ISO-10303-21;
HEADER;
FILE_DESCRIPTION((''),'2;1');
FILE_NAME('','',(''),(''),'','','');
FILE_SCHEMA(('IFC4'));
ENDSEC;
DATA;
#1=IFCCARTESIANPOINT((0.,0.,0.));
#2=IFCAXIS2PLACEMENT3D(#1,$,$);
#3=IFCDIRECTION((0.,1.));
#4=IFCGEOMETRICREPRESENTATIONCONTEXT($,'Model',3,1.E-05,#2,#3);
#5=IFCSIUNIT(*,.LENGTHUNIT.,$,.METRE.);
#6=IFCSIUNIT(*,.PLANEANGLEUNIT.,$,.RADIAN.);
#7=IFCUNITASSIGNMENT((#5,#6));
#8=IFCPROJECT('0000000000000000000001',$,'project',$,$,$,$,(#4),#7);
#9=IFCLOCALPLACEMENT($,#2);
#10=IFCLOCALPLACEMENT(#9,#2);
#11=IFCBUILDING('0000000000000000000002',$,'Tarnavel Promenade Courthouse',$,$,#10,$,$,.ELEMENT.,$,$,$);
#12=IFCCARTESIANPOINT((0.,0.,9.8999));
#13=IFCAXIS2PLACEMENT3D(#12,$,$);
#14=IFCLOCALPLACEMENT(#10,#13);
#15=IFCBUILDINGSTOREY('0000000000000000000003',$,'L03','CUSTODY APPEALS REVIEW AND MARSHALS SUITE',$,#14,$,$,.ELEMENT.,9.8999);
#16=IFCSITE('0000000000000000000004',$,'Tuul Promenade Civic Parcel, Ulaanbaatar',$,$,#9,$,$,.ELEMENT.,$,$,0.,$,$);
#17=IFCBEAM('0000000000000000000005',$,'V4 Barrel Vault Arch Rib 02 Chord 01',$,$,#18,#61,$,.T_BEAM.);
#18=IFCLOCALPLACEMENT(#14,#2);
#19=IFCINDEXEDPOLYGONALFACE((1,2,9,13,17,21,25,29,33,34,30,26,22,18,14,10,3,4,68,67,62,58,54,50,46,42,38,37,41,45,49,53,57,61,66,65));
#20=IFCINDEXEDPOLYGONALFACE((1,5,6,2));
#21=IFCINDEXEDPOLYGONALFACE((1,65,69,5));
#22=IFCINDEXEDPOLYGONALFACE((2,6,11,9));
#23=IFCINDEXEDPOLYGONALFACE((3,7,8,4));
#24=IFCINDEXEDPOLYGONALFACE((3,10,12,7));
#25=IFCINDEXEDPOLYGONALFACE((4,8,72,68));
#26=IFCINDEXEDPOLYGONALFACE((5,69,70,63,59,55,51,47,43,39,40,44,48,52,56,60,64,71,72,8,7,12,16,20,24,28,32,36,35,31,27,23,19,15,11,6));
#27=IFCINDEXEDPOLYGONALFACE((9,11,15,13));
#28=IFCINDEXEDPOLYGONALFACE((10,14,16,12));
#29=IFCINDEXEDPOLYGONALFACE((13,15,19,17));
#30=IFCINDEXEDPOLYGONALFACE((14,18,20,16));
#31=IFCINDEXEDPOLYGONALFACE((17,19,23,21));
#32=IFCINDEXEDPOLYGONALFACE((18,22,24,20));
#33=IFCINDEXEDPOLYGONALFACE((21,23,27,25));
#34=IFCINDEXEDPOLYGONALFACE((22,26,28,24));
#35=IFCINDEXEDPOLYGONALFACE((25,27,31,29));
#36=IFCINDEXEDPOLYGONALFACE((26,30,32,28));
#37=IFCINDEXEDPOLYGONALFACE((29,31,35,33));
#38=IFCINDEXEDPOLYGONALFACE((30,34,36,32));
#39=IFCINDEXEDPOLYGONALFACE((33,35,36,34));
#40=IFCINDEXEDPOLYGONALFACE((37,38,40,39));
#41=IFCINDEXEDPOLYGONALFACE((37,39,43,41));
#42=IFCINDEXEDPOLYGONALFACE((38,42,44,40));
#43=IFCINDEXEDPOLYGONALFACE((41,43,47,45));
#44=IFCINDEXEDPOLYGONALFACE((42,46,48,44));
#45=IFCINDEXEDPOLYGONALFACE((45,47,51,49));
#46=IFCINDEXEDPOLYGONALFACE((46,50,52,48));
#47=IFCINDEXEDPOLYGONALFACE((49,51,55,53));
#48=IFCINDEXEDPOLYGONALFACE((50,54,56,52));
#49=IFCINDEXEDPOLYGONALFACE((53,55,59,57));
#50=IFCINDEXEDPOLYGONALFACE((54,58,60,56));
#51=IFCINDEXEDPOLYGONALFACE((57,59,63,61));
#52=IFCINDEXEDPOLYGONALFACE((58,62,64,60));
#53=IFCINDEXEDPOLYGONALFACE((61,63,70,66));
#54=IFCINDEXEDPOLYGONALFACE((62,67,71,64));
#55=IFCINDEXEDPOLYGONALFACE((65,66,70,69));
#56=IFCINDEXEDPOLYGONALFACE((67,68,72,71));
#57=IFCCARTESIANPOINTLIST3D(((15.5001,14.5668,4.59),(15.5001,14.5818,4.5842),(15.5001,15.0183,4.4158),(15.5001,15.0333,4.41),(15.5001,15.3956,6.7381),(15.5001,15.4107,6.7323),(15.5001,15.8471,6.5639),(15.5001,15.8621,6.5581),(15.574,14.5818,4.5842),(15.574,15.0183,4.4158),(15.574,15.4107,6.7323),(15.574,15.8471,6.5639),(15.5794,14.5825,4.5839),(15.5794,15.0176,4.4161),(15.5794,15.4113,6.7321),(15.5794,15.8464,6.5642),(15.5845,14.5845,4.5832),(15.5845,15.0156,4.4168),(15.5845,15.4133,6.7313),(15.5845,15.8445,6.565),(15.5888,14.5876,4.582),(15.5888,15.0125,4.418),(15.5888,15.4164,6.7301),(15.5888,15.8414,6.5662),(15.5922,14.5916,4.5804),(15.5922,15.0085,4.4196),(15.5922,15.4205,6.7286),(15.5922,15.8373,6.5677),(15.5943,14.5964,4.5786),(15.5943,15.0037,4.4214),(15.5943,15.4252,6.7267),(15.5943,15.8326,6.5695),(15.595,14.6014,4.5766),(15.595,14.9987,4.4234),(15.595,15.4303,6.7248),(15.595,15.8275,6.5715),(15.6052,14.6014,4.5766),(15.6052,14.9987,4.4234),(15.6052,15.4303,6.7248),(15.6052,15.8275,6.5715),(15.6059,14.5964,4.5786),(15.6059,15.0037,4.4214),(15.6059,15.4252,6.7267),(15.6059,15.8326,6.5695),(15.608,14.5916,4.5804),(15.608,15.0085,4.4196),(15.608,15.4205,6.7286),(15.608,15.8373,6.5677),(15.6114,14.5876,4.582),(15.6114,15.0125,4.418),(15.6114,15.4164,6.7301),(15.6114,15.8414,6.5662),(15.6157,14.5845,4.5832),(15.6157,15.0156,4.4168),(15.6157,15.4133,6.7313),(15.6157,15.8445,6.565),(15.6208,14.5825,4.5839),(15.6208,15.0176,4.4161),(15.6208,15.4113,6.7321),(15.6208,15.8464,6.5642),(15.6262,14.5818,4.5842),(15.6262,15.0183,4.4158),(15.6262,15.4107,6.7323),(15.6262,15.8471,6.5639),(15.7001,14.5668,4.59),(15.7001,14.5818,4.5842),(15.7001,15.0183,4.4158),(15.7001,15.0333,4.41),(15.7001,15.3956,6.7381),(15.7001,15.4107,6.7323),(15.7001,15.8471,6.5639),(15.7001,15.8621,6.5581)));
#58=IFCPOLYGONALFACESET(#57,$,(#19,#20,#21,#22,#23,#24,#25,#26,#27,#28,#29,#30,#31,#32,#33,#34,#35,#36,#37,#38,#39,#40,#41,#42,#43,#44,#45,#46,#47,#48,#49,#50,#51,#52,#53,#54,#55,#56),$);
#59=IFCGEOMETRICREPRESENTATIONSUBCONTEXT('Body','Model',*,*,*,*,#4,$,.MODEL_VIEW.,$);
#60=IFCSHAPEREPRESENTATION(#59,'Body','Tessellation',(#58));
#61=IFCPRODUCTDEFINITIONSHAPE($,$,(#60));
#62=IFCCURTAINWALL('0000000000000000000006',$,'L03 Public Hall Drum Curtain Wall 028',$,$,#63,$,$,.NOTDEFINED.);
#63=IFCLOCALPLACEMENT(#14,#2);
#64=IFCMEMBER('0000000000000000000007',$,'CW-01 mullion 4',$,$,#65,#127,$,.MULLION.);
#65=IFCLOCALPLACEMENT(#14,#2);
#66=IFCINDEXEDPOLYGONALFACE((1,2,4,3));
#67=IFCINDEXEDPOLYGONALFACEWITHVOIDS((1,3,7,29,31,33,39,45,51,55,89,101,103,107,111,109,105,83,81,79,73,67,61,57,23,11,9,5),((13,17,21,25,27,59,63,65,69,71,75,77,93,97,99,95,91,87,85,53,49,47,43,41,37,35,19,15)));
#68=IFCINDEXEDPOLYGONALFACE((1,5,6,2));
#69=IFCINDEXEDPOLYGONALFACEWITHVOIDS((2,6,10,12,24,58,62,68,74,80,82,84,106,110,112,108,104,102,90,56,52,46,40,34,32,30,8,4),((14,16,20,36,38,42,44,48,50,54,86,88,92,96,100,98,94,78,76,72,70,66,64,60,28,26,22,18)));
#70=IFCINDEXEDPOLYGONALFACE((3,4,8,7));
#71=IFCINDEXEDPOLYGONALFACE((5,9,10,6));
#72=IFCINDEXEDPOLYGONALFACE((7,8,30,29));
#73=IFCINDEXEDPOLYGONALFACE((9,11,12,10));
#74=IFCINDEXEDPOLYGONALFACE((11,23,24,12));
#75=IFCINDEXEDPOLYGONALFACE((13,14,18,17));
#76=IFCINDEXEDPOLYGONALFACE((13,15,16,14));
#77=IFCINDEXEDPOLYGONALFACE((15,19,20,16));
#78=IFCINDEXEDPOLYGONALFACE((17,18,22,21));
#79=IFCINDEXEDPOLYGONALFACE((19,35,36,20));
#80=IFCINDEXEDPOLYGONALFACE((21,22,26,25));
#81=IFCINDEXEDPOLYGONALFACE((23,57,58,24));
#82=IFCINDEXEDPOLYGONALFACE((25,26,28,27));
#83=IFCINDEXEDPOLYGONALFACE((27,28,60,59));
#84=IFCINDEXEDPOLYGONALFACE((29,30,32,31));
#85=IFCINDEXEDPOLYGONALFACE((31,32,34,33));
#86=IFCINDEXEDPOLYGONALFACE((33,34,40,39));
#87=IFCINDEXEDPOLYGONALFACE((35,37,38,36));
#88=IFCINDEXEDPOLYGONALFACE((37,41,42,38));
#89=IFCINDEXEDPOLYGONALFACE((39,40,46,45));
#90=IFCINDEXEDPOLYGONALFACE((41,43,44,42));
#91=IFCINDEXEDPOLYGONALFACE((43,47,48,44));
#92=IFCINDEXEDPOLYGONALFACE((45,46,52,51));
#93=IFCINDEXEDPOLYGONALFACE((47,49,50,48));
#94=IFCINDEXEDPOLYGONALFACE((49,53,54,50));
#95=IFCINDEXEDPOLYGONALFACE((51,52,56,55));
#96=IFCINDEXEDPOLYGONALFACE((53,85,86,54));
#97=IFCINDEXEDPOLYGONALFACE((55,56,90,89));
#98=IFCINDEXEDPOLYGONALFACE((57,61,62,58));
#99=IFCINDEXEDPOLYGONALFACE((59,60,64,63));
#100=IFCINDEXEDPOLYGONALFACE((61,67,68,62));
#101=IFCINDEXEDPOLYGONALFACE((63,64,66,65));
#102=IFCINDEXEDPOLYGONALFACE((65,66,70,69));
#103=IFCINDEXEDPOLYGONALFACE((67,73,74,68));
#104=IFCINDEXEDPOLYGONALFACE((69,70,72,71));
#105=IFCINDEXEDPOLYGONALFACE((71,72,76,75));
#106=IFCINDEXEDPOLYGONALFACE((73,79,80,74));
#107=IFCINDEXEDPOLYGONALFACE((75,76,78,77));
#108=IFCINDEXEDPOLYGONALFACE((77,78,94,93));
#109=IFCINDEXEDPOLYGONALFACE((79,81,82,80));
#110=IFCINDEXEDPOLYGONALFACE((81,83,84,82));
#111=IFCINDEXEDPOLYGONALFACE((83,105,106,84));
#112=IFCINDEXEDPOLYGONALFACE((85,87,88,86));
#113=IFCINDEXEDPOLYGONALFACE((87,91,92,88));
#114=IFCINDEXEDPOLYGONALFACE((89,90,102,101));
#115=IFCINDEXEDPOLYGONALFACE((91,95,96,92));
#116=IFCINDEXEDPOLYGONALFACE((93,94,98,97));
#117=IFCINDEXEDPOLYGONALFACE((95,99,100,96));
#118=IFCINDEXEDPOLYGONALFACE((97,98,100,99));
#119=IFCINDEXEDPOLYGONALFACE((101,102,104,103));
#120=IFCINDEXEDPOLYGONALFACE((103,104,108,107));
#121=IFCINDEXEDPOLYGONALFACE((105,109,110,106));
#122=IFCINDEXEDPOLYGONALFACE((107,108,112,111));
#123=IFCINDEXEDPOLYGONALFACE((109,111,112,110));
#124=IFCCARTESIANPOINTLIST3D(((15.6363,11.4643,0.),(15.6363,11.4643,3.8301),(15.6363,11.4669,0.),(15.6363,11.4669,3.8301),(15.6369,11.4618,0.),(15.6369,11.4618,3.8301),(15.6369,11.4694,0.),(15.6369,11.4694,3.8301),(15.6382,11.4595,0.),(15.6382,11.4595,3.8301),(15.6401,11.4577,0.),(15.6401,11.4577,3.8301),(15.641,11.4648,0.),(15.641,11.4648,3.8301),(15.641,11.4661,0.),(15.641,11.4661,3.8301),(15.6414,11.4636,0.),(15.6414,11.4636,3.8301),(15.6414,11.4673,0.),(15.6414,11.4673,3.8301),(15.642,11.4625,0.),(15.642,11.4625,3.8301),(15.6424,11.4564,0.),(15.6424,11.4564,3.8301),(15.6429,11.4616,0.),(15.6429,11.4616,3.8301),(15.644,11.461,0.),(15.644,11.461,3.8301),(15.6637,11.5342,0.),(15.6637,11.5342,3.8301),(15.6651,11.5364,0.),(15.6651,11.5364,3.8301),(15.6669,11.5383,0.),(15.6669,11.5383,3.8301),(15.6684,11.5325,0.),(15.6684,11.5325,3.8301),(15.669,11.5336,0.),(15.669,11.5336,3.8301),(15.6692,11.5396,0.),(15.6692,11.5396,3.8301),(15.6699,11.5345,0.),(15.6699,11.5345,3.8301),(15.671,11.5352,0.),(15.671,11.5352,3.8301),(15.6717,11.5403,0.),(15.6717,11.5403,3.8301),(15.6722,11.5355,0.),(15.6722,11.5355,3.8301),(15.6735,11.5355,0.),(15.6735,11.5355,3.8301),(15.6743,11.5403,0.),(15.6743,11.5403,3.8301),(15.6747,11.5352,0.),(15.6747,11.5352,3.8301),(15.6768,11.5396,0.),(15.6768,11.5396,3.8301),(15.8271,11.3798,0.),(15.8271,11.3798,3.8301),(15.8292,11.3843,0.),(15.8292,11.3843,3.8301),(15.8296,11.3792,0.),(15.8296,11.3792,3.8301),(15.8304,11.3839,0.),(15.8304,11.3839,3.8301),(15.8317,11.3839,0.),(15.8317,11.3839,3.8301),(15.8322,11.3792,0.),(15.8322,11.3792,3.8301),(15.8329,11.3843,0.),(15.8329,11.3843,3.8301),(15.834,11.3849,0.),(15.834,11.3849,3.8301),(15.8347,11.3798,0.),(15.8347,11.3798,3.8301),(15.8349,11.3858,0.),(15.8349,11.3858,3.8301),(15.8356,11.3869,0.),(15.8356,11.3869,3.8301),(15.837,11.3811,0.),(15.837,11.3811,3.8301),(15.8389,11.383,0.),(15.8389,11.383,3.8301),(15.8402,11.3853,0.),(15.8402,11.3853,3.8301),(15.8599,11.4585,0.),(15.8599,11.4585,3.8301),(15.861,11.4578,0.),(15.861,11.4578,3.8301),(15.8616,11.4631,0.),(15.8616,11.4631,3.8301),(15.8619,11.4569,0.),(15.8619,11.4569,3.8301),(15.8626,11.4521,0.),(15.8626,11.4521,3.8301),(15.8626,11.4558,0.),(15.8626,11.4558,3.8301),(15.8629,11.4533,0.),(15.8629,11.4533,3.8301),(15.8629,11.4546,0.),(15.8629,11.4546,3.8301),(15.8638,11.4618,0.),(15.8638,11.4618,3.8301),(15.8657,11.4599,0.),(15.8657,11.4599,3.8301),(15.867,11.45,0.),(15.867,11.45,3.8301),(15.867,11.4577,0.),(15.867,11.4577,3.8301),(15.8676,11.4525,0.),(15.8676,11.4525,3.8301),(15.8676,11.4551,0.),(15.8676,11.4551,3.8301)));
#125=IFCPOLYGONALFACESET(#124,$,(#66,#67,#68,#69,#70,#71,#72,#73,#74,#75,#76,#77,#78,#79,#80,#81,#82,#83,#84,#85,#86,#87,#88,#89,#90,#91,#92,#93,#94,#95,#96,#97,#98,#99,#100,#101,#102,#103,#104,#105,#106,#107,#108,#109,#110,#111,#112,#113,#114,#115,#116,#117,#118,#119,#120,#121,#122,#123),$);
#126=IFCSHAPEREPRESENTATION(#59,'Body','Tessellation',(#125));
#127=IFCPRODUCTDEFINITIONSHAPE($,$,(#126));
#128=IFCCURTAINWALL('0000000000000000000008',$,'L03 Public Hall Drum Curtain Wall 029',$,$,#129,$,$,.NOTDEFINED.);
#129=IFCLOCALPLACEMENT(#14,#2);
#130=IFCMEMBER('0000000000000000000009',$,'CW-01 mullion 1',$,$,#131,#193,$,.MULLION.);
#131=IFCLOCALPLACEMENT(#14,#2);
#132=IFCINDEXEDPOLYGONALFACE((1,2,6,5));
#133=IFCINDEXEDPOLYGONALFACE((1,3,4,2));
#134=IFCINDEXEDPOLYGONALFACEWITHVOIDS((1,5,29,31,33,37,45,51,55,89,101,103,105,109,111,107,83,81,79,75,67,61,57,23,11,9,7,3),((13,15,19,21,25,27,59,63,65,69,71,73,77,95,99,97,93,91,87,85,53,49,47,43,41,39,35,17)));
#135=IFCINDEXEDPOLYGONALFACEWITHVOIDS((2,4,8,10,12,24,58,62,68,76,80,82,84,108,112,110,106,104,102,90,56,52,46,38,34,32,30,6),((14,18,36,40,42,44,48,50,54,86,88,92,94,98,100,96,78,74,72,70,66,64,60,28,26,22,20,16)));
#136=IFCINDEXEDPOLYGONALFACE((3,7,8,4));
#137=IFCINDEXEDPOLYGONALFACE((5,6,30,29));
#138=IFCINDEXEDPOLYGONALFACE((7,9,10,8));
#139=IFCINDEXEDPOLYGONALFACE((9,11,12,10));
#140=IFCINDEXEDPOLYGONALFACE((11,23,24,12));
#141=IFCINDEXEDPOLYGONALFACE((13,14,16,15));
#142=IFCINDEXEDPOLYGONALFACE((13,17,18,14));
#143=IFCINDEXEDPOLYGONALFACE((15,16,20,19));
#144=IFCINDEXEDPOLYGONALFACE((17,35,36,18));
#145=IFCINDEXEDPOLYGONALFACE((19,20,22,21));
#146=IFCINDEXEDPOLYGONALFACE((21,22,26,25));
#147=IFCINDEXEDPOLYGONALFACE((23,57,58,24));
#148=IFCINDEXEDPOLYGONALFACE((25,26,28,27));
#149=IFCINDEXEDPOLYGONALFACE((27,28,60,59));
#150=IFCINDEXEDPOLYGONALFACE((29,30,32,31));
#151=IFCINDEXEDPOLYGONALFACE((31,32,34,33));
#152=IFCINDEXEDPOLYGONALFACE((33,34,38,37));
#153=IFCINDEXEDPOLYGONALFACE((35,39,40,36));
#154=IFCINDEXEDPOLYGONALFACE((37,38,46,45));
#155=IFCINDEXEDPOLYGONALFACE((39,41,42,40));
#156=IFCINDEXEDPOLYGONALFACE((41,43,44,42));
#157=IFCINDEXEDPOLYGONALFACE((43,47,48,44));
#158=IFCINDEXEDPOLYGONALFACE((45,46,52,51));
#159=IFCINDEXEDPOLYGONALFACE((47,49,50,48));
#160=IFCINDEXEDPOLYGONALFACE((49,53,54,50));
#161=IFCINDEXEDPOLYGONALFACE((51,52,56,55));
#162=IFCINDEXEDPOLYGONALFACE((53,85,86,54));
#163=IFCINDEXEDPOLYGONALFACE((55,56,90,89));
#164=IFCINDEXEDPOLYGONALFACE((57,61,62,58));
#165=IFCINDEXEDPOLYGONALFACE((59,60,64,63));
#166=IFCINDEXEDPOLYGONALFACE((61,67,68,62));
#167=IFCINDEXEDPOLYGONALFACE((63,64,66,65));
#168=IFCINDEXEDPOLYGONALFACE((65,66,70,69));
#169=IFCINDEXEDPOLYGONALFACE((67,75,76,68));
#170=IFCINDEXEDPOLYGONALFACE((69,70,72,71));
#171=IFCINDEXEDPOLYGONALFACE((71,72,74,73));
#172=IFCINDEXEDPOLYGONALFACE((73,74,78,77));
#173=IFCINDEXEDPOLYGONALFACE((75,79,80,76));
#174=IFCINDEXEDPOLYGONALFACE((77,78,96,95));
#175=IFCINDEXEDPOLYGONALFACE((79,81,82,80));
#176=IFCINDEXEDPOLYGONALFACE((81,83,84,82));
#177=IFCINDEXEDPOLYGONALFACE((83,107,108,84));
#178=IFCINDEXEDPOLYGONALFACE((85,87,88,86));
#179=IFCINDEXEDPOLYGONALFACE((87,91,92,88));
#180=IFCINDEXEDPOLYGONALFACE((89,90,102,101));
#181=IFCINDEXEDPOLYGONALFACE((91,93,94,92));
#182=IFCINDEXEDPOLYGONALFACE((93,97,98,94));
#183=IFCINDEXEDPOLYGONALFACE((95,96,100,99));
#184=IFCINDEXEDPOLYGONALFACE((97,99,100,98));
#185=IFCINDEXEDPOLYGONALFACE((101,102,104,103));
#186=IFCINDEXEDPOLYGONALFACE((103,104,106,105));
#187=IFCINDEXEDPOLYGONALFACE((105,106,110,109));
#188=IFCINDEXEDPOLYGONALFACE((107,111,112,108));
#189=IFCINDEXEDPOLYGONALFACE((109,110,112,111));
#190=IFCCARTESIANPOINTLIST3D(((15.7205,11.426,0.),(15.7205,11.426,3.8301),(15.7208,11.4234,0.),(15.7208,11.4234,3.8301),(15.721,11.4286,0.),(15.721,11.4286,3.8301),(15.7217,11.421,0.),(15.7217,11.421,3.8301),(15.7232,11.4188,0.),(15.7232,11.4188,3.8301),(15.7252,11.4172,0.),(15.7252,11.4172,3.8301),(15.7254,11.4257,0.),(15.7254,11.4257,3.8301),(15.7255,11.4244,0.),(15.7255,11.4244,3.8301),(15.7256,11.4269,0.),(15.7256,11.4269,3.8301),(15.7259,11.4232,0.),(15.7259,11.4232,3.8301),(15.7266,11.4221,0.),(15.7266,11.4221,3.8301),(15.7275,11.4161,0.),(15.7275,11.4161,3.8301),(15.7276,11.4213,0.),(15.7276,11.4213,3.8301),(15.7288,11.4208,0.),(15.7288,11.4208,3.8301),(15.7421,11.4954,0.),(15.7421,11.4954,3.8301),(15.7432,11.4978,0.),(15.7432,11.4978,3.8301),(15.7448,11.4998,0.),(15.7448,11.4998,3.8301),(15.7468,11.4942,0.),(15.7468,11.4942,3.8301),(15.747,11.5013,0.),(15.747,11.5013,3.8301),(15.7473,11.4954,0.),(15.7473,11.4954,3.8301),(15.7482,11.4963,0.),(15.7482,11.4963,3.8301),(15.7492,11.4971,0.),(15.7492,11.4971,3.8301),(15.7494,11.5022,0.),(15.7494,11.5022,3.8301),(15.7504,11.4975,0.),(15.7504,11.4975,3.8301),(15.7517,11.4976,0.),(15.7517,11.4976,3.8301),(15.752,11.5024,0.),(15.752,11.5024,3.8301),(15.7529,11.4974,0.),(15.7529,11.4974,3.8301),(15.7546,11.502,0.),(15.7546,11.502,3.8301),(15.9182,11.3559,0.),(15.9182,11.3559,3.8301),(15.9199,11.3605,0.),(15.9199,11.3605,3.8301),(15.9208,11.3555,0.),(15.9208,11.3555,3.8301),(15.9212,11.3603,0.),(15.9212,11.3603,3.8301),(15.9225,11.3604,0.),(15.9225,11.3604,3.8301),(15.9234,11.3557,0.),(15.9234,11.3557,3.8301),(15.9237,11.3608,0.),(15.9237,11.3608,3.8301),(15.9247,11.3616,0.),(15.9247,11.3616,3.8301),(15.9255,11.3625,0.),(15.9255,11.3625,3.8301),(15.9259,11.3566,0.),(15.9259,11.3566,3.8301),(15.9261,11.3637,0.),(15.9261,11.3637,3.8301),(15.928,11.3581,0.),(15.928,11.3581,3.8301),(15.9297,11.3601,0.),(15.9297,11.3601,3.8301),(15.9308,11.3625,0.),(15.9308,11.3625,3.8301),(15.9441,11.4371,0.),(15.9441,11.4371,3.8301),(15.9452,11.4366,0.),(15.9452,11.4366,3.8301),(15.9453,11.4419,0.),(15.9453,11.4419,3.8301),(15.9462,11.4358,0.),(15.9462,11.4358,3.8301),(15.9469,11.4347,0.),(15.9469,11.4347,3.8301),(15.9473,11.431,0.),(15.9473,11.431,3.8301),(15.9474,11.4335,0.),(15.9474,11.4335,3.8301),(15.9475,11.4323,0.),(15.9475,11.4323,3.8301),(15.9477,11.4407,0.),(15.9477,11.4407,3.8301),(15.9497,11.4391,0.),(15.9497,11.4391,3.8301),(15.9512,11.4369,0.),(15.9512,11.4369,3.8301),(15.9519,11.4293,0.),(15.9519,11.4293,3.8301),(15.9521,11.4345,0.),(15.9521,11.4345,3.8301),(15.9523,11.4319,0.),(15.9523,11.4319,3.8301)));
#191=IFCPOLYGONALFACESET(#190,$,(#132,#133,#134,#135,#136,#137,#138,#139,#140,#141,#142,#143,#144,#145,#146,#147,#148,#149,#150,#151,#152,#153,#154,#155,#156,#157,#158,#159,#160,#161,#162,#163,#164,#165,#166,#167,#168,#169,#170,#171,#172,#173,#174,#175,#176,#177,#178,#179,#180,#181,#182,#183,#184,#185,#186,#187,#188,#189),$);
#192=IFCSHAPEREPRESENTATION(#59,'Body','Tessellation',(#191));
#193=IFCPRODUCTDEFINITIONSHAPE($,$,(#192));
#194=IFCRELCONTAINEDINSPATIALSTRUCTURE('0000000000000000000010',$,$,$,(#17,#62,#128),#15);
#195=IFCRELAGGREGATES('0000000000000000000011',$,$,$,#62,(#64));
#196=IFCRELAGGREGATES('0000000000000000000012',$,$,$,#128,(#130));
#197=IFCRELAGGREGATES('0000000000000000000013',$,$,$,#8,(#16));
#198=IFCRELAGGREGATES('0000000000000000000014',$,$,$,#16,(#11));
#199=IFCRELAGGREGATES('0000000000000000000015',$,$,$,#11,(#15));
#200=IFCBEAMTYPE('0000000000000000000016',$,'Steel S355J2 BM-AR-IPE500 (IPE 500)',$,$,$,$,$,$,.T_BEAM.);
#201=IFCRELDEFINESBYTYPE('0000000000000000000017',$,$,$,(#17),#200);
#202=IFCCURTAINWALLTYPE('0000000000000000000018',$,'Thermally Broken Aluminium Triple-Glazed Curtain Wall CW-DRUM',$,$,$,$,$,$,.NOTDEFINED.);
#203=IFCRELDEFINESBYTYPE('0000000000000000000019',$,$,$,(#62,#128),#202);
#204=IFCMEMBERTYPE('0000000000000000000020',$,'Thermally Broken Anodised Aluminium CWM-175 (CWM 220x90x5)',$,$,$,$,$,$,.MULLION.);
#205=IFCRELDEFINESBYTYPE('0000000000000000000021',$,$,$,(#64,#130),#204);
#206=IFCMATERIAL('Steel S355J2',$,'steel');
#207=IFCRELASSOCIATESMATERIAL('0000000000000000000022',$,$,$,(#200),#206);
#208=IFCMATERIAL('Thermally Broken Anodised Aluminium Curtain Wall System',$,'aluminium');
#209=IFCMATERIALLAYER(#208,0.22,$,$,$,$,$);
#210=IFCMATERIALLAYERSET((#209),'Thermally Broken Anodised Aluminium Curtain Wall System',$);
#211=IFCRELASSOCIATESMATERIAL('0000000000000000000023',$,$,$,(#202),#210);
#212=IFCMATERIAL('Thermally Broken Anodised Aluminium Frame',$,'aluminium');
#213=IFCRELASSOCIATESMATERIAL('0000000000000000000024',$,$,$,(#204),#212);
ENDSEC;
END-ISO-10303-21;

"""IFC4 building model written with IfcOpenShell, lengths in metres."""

from ifc_helpers import new_model, si_unit, direction, frame, origin, origin_2d, place, context, subcontext, project, spatial, hollow_rectangle, i_section, extrude, material, layer, layer_set, material_profile, profile_set, type_object, element, aggregate, save


model = new_model("IFC4")

# Units and contexts
model_context = context("Model", 3, precision=1e-05, world=origin(), true_north=direction((0.0, 1.0)))
body_context = subcontext(model_context, "Body", "Model", "MODEL_VIEW")
ifc_project = project(units=[si_unit("LENGTHUNIT", "METRE"), si_unit("PLANEANGLEUNIT", "RADIAN")], contexts=[model_context])

# Site, building, storey
site_placement = place(None, origin())
site = spatial("IfcSite", under=ifc_project, at=site_placement, Name="Tuul Promenade Civic Parcel, Ulaanbaatar", CompositionType="ELEMENT", RefElevation=0.0)
building_placement = place(site_placement, origin())
building = spatial("IfcBuilding", under=site, at=building_placement, Name="Tarnavel Promenade Courthouse", CompositionType="ELEMENT")
storey_placement = place(building_placement, frame((0.0, 0.0, 9.8999)))
storey = spatial("IfcBuildingStorey", under=building, at=storey_placement, Name="L03", Description="CUSTODY APPEALS REVIEW AND MARSHALS SUITE", CompositionType="ELEMENT", Elevation=9.8999)

# Beam
ifc_material_1 = material(Name="Steel S355J2", Category="steel")
ifc_material_profile_1 = material_profile(ifc_material_1, i_section(OverallWidth=0.2, OverallDepth=0.5, WebThickness=0.0103, FlangeThickness=0.0161, FilletRadius=0.021, at=origin_2d()), Name="IPE 500")
ifc_profile_set_1 = profile_set([ifc_material_profile_1], Name="Steel S355J2")
beam_type = type_object("IfcBeamType", Name="Steel S355J2 BM-AR-IPE500 (IPE 500)", PredefinedType="T_BEAM", material=ifc_profile_set_1)
beam_placement = place(storey_placement, frame((15.6001, 14.8, 4.5), z_axis=(0.0, 0.359974, 0.932962), x_axis=(-1.0, 0.0, 0.0)))
element("IfcBeam", 1, at=beam_placement, inside=storey, type_object=beam_type, Name="V4 Barrel Vault Arch Rib 02 Chord 01", PredefinedType="T_BEAM", context=body_context, shape_type="SweptSolid", body=[
    extrude(i_section(OverallWidth=0.2, OverallDepth=0.5, WebThickness=0.0103, FlangeThickness=0.0161, FilletRadius=0.021, at=origin_2d()), origin(), (0.0, 0.0, 1.0), 2.3025),
])

# Curtain wall, member
ifc_material_2 = material(Name="Thermally Broken Anodised Aluminium Curtain Wall System", Category="aluminium")
ifc_layer_1 = layer(ifc_material_2, 0.22)
ifc_layer_set_1 = layer_set([ifc_layer_1], Name="Thermally Broken Anodised Aluminium Curtain Wall System")
curtain_wall_type = type_object("IfcCurtainWallType", Name="Thermally Broken Aluminium Triple-Glazed Curtain Wall CW-DRUM", PredefinedType="NOTDEFINED", material=ifc_layer_set_1)
curtain_wall_1_placement = place(storey_placement, origin())
curtain_wall_1 = element("IfcCurtainWall", 2, at=curtain_wall_1_placement, inside=storey, type_object=curtain_wall_type, Name="L03 Public Hall Drum Curtain Wall 028", PredefinedType="NOTDEFINED")
ifc_material_3 = material(Name="Thermally Broken Anodised Aluminium Frame", Category="aluminium")
ifc_material_profile_2 = material_profile(ifc_material_3, hollow_rectangle(XDim=0.0901, YDim=0.22, WallThickness=0.0049, InnerFilletRadius=0.0049, OuterFilletRadius=0.01, at=origin_2d()), Name="CWM 220x90x5")
ifc_profile_set_2 = profile_set([ifc_material_profile_2], Name="Thermally Broken Anodised Aluminium Frame")
member_type_1 = type_object("IfcMemberType", Name="Thermally Broken Anodised Aluminium CWM-175 (CWM 220x90x5)", PredefinedType="MULLION", material=ifc_profile_set_2)
member_1_placement = place(storey_placement, frame((15.752, 11.4597, 0.0), z_axis=(0.0, 0.0, 1.0), x_axis=(0.382685, 0.923879, 0.0)))
member_1 = element("IfcMember", 3, at=member_1_placement, type_object=member_type_1, Name="CW-01 mullion 4", PredefinedType="MULLION", context=body_context, shape_type="SweptSolid", body=[
    extrude(hollow_rectangle(XDim=0.0901, YDim=0.22, WallThickness=0.0049, InnerFilletRadius=0.0049, OuterFilletRadius=0.01, at=origin_2d()), origin(), (0.0, 0.0, 1.0), 3.8301),
])
aggregate(curtain_wall_1, [member_1])

# Curtain wall, member
curtain_wall_2_placement = place(storey_placement, origin())
curtain_wall_2 = element("IfcCurtainWall", 4, at=curtain_wall_2_placement, inside=storey, type_object=curtain_wall_type, Name="L03 Public Hall Drum Curtain Wall 029", PredefinedType="NOTDEFINED")
member_2_placement = place(storey_placement, frame((15.8364, 11.429, 0.0), z_axis=(0.0, 0.0, 1.0), x_axis=(0.300705, 0.953717, 0.0)))
member_2 = element("IfcMember", 5, at=member_2_placement, type_object=member_type_1, Name="CW-01 mullion 1", PredefinedType="MULLION", context=body_context, shape_type="SweptSolid", body=[
    extrude(hollow_rectangle(XDim=0.0901, YDim=0.22, WallThickness=0.0049, InnerFilletRadius=0.0049, OuterFilletRadius=0.01, at=origin_2d()), origin(), (0.0, 0.0, 1.0), 3.8301),
])
aggregate(curtain_wall_2, [member_2])

save(model, "model.ifc")
